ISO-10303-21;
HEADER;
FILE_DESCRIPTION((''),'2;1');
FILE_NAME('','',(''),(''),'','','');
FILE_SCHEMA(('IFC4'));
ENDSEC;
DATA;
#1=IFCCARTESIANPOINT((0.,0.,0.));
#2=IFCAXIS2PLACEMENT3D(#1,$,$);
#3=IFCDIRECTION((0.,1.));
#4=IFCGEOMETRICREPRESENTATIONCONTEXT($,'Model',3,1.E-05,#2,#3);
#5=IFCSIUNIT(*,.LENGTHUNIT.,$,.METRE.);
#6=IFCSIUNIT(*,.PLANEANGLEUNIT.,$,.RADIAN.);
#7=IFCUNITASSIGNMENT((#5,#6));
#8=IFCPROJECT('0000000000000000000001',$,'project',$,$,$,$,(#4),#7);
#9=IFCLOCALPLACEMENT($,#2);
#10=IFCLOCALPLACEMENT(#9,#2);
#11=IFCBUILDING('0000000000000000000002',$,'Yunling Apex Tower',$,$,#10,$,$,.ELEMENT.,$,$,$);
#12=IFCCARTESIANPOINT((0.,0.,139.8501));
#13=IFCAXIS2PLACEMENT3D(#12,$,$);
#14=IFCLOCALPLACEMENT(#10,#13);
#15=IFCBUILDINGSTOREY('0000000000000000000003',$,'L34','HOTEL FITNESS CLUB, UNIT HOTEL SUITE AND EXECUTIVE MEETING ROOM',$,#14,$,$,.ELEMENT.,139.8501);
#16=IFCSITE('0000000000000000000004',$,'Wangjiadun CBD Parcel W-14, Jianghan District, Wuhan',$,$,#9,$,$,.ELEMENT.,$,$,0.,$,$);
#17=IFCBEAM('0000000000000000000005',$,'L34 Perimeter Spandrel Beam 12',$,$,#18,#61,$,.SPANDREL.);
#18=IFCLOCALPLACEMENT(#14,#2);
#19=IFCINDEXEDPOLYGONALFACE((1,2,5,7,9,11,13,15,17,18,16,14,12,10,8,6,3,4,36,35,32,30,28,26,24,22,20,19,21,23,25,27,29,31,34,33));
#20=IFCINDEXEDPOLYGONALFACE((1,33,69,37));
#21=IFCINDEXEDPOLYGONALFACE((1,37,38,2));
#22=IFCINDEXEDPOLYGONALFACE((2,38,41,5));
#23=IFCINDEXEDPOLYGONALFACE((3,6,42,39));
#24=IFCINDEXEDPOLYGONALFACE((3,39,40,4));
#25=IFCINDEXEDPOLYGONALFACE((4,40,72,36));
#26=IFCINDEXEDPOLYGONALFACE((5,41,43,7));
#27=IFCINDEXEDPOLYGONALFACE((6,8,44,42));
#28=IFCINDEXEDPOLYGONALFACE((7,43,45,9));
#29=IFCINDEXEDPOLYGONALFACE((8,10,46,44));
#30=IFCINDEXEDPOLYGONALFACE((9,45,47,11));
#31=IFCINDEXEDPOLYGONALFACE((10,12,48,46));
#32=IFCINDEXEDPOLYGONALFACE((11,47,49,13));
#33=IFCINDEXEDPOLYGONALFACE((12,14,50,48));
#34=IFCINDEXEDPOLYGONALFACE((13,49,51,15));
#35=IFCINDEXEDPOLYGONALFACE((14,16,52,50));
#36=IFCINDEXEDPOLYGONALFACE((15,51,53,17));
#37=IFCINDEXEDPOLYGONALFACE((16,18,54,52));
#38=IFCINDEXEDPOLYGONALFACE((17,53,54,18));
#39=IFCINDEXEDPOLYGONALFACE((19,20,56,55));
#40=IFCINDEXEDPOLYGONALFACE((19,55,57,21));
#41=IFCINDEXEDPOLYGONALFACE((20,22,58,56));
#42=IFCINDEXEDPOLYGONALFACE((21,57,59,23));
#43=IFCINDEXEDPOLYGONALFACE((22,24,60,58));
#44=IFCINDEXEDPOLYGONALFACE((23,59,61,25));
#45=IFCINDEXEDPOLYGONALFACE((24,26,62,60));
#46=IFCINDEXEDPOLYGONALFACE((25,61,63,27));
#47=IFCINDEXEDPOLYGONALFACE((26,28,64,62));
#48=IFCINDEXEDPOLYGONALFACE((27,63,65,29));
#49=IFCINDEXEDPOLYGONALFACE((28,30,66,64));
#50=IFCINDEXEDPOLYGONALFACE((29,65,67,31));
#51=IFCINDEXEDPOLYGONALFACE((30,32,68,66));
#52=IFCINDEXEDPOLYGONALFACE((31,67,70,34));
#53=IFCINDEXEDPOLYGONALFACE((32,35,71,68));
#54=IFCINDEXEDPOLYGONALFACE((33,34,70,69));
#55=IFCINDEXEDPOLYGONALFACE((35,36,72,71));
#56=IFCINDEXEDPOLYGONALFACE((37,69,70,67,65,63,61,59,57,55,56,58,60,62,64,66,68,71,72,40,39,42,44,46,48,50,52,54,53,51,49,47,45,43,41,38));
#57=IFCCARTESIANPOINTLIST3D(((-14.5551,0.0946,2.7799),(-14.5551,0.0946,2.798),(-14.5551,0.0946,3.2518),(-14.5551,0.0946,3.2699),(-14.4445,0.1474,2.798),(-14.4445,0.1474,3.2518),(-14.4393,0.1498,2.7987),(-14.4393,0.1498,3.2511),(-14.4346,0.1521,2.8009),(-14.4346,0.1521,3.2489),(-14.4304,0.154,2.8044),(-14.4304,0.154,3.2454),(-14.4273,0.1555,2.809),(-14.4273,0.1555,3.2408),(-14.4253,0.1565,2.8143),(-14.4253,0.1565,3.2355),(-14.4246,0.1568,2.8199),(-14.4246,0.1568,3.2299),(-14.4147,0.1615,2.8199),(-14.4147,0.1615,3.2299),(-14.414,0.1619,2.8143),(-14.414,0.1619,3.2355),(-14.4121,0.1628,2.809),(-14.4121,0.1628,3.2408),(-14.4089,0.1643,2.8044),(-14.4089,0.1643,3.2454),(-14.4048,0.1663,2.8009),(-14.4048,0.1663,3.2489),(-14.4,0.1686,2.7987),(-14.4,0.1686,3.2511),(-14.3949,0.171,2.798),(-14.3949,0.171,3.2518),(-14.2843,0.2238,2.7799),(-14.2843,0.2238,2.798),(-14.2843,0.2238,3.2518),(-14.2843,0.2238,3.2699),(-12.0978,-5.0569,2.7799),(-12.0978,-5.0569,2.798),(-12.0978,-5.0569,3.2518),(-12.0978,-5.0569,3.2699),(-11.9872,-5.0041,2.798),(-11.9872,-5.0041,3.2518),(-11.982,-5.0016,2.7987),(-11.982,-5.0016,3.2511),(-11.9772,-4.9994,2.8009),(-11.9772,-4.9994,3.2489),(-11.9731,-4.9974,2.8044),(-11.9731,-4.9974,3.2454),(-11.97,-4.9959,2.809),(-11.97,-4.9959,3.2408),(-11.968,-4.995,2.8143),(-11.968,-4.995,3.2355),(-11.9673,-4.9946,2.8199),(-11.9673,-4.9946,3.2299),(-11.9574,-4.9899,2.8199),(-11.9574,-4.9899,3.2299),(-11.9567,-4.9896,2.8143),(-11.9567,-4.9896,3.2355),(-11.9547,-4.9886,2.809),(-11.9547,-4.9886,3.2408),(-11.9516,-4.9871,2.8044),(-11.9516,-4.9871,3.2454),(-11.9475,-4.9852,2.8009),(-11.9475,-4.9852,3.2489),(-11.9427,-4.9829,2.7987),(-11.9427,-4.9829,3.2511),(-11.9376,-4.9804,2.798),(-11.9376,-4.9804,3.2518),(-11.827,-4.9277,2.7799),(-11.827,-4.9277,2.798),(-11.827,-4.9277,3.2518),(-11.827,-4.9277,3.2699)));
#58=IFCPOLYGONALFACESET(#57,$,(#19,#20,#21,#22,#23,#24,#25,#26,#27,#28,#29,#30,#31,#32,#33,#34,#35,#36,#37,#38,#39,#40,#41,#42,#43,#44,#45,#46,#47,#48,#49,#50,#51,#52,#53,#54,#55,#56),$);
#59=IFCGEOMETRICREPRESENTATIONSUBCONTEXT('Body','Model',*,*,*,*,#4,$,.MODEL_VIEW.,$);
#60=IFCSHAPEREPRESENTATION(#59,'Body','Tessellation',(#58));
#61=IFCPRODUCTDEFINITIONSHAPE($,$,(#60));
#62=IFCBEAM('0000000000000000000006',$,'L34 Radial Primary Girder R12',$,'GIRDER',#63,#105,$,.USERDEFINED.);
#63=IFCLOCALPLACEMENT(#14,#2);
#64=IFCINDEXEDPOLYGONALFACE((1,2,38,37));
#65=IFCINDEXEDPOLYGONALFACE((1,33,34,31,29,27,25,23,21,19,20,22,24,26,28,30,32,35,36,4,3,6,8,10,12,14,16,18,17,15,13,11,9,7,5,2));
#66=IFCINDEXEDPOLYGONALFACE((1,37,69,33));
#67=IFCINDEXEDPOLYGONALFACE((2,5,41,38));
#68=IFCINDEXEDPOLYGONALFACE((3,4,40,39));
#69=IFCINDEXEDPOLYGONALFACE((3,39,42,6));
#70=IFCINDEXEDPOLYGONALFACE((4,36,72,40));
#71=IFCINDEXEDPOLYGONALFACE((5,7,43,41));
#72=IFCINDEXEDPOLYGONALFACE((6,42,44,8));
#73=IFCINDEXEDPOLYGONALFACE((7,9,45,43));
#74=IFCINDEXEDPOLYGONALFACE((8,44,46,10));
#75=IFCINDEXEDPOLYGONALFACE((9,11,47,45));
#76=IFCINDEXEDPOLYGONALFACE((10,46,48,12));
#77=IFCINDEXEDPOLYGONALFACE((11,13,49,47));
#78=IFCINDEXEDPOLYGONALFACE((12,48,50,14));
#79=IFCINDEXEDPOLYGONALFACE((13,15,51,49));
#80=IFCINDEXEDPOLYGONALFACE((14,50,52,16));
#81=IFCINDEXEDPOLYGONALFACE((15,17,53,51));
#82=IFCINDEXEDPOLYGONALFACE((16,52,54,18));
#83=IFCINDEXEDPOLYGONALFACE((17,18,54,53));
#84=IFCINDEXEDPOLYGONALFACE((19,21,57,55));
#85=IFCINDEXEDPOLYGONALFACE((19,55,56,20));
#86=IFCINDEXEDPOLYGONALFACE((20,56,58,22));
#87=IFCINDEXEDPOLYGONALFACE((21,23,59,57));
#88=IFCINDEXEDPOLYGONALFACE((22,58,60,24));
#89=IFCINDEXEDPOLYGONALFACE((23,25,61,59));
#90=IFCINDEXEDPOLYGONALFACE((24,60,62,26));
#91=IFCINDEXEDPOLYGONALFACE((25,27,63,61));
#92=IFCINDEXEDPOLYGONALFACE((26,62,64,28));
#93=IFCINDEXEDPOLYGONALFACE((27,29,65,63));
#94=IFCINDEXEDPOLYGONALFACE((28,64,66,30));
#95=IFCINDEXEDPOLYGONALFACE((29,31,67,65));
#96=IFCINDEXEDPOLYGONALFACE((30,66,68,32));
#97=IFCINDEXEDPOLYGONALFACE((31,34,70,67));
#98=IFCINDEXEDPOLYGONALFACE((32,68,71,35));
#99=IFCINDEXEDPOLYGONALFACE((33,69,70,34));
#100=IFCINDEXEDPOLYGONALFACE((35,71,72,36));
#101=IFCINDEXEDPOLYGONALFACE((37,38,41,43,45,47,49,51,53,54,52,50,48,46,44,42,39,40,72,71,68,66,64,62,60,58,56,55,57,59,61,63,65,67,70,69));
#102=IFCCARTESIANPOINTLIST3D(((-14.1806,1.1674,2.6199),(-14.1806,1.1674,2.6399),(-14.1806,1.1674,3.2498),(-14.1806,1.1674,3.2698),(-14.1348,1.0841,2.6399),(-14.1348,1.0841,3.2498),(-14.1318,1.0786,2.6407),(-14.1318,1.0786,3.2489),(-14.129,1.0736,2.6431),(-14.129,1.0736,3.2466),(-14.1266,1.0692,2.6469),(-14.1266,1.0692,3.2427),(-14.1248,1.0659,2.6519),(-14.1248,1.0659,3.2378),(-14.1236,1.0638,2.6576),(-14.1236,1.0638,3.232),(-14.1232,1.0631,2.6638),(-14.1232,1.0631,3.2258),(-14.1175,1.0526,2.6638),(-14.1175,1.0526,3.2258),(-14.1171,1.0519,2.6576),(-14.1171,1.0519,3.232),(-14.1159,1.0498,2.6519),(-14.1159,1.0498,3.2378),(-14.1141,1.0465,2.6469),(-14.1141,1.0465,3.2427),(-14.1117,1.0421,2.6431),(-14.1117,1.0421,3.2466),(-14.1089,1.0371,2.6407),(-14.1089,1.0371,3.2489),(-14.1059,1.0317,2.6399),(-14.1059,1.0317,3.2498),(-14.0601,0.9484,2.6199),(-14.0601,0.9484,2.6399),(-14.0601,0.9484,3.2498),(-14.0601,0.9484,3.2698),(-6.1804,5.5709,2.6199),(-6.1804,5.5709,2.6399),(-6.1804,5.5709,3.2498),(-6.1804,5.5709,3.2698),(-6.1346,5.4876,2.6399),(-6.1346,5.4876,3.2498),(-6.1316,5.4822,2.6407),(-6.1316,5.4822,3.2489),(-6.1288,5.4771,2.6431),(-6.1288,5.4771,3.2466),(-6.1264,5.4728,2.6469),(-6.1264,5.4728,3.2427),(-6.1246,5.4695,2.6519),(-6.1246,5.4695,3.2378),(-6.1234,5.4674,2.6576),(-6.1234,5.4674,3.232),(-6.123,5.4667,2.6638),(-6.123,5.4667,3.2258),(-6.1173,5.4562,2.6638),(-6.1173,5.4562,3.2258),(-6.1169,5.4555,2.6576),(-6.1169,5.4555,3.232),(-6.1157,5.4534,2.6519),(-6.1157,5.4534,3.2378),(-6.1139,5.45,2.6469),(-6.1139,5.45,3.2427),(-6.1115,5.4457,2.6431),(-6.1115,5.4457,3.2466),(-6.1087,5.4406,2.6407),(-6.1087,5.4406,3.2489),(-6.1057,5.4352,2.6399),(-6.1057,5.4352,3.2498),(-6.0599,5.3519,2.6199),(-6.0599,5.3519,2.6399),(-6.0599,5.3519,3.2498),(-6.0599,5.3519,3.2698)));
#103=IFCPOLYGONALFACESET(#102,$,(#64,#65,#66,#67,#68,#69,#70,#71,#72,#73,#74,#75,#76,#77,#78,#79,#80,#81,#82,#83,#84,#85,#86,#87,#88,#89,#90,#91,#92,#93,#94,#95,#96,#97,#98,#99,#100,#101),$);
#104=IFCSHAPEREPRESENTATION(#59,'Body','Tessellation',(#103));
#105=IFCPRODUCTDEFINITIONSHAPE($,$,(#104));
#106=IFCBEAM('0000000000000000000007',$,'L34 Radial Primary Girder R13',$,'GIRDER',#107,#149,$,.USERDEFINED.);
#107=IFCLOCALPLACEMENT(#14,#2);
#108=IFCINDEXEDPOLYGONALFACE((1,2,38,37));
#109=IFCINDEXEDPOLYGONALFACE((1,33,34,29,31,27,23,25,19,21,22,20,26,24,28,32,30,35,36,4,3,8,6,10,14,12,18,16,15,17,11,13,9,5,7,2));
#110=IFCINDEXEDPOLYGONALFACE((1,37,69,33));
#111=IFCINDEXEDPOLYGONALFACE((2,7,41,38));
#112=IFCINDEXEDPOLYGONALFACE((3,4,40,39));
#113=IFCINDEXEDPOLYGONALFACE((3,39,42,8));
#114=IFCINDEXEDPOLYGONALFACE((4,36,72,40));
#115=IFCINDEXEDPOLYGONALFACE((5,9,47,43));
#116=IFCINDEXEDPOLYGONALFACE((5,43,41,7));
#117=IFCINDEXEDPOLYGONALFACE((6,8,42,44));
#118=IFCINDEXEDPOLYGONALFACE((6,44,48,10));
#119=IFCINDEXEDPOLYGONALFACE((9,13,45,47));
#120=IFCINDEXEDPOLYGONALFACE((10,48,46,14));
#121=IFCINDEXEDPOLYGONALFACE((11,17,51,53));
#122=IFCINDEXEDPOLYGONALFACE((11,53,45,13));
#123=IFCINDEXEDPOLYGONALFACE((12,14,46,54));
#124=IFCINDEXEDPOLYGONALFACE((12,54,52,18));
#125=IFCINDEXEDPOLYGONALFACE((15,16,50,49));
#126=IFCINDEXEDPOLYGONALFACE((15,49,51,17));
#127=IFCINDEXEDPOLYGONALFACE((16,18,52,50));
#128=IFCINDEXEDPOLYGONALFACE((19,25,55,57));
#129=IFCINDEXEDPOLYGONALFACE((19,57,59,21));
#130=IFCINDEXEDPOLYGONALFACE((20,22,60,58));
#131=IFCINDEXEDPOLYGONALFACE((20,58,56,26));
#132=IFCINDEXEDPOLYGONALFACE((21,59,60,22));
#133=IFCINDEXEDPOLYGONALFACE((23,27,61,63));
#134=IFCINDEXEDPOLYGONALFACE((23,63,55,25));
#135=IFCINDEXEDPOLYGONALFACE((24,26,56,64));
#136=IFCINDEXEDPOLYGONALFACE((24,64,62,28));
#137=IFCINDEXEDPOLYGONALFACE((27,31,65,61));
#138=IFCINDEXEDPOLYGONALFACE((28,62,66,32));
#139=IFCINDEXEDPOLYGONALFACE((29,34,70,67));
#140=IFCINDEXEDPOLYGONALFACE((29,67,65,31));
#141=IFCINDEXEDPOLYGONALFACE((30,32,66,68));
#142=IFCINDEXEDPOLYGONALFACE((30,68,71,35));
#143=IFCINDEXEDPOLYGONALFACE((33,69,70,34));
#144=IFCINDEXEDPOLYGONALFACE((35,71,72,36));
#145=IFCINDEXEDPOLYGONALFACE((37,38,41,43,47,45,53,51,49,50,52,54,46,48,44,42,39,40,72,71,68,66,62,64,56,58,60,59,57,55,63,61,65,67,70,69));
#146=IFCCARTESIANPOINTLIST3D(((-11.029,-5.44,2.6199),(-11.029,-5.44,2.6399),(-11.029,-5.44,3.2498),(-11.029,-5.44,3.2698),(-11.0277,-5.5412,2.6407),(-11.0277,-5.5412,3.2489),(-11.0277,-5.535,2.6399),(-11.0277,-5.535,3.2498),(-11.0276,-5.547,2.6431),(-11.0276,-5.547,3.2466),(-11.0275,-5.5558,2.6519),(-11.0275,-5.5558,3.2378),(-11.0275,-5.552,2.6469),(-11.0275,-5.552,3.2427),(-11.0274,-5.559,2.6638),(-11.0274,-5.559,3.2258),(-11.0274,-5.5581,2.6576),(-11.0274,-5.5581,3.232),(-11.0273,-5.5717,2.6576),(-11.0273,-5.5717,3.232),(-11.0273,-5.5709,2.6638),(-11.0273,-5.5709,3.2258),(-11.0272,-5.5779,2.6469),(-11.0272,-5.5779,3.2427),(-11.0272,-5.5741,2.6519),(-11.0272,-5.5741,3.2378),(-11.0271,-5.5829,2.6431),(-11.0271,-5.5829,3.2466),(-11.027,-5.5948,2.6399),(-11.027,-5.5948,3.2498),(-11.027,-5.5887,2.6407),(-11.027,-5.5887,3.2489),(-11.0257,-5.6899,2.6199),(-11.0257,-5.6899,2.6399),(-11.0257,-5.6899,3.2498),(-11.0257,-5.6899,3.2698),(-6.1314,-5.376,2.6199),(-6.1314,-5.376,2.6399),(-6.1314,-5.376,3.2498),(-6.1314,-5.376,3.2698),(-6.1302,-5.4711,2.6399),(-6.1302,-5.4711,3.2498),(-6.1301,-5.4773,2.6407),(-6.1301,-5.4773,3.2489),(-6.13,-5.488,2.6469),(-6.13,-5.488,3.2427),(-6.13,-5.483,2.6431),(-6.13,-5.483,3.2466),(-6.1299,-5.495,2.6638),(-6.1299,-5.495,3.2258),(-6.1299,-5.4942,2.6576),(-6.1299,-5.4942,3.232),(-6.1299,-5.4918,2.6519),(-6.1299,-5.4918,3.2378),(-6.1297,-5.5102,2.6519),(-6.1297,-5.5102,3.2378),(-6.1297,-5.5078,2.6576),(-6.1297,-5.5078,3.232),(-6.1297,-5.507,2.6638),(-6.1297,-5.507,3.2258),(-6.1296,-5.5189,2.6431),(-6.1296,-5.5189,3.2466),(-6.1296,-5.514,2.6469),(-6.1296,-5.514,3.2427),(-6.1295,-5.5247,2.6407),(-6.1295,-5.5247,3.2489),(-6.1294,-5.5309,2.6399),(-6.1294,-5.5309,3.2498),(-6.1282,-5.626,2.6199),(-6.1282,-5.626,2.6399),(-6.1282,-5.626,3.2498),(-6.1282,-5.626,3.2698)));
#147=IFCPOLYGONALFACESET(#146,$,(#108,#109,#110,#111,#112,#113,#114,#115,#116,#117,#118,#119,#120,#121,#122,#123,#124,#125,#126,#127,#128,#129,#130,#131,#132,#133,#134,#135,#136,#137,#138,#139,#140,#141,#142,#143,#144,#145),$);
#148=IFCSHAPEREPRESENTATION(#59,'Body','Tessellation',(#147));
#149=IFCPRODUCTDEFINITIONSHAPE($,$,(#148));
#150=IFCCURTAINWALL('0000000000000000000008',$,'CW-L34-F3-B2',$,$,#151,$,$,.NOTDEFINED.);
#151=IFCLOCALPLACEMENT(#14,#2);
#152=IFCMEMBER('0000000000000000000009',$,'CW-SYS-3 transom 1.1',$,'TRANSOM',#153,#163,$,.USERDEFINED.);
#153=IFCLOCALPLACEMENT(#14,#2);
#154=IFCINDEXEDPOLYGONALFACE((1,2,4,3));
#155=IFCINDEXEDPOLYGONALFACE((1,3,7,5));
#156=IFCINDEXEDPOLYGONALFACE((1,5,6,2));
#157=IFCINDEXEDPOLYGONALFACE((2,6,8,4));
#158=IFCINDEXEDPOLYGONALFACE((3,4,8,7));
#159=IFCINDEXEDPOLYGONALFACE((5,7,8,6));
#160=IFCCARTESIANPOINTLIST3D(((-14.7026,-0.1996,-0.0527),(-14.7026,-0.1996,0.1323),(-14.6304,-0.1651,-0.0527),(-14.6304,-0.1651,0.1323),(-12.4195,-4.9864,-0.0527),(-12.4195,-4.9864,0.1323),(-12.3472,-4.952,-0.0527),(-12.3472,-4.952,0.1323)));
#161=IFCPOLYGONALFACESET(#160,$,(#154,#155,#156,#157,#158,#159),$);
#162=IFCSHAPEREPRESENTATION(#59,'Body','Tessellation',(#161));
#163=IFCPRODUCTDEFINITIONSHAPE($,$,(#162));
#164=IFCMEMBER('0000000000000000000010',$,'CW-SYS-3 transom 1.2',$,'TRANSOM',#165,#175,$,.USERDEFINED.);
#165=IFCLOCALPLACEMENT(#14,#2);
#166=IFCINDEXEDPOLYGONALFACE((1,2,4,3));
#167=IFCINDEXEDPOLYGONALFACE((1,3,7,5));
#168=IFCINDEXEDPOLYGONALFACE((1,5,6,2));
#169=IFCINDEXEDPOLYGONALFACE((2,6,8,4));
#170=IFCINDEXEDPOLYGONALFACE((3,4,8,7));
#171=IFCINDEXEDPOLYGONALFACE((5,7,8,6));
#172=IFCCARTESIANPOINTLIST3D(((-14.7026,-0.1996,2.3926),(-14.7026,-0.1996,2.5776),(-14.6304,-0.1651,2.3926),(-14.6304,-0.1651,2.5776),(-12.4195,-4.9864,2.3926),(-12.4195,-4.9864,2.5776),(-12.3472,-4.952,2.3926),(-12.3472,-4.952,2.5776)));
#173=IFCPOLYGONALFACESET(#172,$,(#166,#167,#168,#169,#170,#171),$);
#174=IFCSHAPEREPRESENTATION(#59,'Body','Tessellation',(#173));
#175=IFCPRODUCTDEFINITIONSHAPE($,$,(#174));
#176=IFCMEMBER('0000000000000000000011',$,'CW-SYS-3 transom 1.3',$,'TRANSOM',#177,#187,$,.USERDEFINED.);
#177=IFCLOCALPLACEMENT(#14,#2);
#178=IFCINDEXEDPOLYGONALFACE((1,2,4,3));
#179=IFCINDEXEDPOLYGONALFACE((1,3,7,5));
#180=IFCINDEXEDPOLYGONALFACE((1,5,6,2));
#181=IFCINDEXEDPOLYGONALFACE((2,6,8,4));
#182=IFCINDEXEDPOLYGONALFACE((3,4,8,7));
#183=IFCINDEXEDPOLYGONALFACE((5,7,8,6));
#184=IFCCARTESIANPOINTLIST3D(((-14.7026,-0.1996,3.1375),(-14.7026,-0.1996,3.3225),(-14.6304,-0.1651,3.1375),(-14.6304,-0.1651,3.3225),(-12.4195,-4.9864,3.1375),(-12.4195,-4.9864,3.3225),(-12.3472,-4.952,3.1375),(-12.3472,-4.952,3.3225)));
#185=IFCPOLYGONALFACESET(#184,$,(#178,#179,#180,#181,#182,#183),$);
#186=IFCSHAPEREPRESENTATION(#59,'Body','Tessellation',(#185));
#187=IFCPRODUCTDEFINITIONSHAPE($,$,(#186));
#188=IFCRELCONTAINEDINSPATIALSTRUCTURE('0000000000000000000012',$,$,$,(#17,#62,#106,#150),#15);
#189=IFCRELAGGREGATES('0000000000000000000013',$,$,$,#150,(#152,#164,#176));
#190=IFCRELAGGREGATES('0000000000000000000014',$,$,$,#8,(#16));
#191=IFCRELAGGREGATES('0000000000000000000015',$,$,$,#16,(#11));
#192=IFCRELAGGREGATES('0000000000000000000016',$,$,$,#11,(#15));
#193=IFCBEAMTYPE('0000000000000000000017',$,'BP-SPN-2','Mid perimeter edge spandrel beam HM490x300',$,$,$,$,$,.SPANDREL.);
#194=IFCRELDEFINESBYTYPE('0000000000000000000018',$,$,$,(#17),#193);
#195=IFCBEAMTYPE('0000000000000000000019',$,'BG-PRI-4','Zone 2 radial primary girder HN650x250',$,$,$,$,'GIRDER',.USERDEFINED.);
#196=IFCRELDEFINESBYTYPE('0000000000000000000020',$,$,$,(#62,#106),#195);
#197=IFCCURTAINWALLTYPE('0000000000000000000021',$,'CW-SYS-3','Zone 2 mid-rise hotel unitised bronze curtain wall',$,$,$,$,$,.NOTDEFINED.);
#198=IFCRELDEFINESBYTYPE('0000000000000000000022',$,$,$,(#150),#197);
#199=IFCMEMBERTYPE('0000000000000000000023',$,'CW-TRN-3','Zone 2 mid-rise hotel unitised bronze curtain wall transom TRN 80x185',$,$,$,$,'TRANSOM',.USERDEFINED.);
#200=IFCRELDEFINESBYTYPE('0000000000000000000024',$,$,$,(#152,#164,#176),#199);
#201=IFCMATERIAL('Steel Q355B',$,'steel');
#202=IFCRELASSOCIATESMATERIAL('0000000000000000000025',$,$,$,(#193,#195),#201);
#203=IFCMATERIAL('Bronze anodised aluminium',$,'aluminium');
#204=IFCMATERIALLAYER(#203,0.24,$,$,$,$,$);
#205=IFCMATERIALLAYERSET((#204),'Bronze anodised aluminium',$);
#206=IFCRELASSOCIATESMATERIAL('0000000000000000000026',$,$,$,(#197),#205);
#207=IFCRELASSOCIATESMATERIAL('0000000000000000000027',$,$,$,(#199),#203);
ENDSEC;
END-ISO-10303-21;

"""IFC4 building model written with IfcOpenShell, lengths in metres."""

from ifc_helpers import new_model, si_unit, direction, frame, origin, origin_2d, place, context, subcontext, project, spatial, rectangle, i_section, extrude, source, transform, mapped, material, layer, layer_set, material_profile, profile_set, type_object, element, aggregate, save


model = new_model("IFC4")

# Units and contexts
model_context = context("Model", 3, precision=1e-05, world=origin(), true_north=direction((0.0, 1.0)))
body_context = subcontext(model_context, "Body", "Model", "MODEL_VIEW")
ifc_project = project(units=[si_unit("LENGTHUNIT", "METRE"), si_unit("PLANEANGLEUNIT", "RADIAN")], contexts=[model_context])

# Site, building, storey
site_placement = place(None, origin())
site = spatial("IfcSite", under=ifc_project, at=site_placement, Name="Wangjiadun CBD Parcel W-14, Jianghan District, Wuhan", CompositionType="ELEMENT", RefElevation=0.0)
building_placement = place(site_placement, origin())
building = spatial("IfcBuilding", under=site, at=building_placement, Name="Yunling Apex Tower", CompositionType="ELEMENT")
storey_placement = place(building_placement, frame((0.0, 0.0, 139.8501)))
storey = spatial("IfcBuildingStorey", under=building, at=storey_placement, Name="L34", Description="HOTEL FITNESS CLUB, UNIT HOTEL SUITE AND EXECUTIVE MEETING ROOM", CompositionType="ELEMENT", Elevation=139.8501)

# Beams
ifc_material_1 = material(Name="Steel Q355B", Category="steel")
ifc_material_profile_1 = material_profile(ifc_material_1, i_section(OverallWidth=0.3, OverallDepth=0.49, WebThickness=0.011, FlangeThickness=0.0181, FilletRadius=0.022, at=origin_2d()))
ifc_profile_set_1 = profile_set([ifc_material_profile_1], Name="Steel Q355B")
beam_type_1 = type_object("IfcBeamType", Name="BP-SPN-2", Description="Mid perimeter edge spandrel beam HM490x300", PredefinedType="SPANDREL", material=ifc_profile_set_1)
shared_shape_1 = source(origin(), body_context, "Body", "SweptSolid", [
    extrude(i_section(OverallWidth=0.3, OverallDepth=0.49, WebThickness=0.011, FlangeThickness=0.0181, FilletRadius=0.022, at=origin_2d()), origin(), (0.0, 0.0, 1.0), 5.7075),
])
beam_1_placement = place(storey_placement, frame((-14.4197, 0.1592, 3.0249), z_axis=(0.43054, -0.902572, 0.0), x_axis=(0.902572, 0.43054, 0.0)))
element("IfcBeam", 1, at=beam_1_placement, inside=storey, type_object=beam_type_1, Name="L34 Perimeter Spandrel Beam 12", PredefinedType="SPANDREL", context=body_context, shape_type="MappedRepresentation", body=[
    mapped(shared_shape_1, transform((0.0, 0.0, 0.0), scale=1.0)),
])
ifc_material_profile_2 = material_profile(ifc_material_1, i_section(OverallWidth=0.25, OverallDepth=0.6499, WebThickness=0.012, FlangeThickness=0.02, FilletRadius=0.0239, at=origin_2d()))
ifc_profile_set_2 = profile_set([ifc_material_profile_2], Name="Steel Q355B")
beam_type_2 = type_object("IfcBeamType", Name="BG-PRI-4", Description="Zone 2 radial primary girder HN650x250", ElementType="GIRDER", PredefinedType="USERDEFINED", material=ifc_profile_set_2)
shared_shape_2 = source(origin(), body_context, "Body", "SweptSolid", [
    extrude(i_section(OverallWidth=0.25, OverallDepth=0.6499, WebThickness=0.012, FlangeThickness=0.02, FilletRadius=0.0239, at=origin_2d()), origin(), (0.0, 0.0, 1.0), 9.1321),
])
beam_2_placement = place(storey_placement, frame((-14.1204, 1.0579, 2.9448), z_axis=(0.876057, 0.482207, 0.0), x_axis=(-0.482207, 0.876057, 0.0)))
element("IfcBeam", 2, at=beam_2_placement, inside=storey, type_object=beam_type_2, Name="L34 Radial Primary Girder R12", ObjectType="GIRDER", PredefinedType="USERDEFINED", context=body_context, shape_type="MappedRepresentation", body=[
    mapped(shared_shape_2, transform((0.0, 0.0, 0.0), scale=1.0)),
])
shared_shape_3 = source(origin(), body_context, "Body", "SweptSolid", [
    extrude(i_section(OverallWidth=0.25, OverallDepth=0.6499, WebThickness=0.012, FlangeThickness=0.02, FilletRadius=0.0239, at=origin_2d()), origin(), (0.0, 0.0, 1.0), 4.8979),
])
beam_3_placement = place(storey_placement, frame((-11.0273, -5.5649, 2.9448), z_axis=(0.999915, 0.01306, 0.0), x_axis=(-0.01306, 0.999915, 0.0)))
element("IfcBeam", 3, at=beam_3_placement, inside=storey, type_object=beam_type_2, Name="L34 Radial Primary Girder R13", ObjectType="GIRDER", PredefinedType="USERDEFINED", context=body_context, shape_type="MappedRepresentation", body=[
    mapped(shared_shape_3, transform((0.0, 0.0, 0.0), scale=1.0)),
])

# Curtain wall, members
ifc_material_2 = material(Name="Bronze anodised aluminium", Category="aluminium")
ifc_layer_1 = layer(ifc_material_2, 0.24)
ifc_layer_set_1 = layer_set([ifc_layer_1], Name="Bronze anodised aluminium")
curtain_wall_type = type_object("IfcCurtainWallType", Name="CW-SYS-3", Description="Zone 2 mid-rise hotel unitised bronze curtain wall", PredefinedType="NOTDEFINED", material=ifc_layer_set_1)
curtain_wall_1_placement = place(storey_placement, origin())
curtain_wall_1 = element("IfcCurtainWall", 4, at=curtain_wall_1_placement, inside=storey, type_object=curtain_wall_type, Name="CW-L34-F3-B2", PredefinedType="NOTDEFINED")
ifc_material_profile_3 = material_profile(ifc_material_2, rectangle(XDim=0.0801, YDim=0.1851, at=origin_2d()))
ifc_profile_set_3 = profile_set([ifc_material_profile_3], Name="Bronze anodised aluminium")
member_type_1 = type_object("IfcMemberType", Name="CW-TRN-3", Description="Zone 2 mid-rise hotel unitised bronze curtain wall transom TRN 80x185", ElementType="TRANSOM", PredefinedType="USERDEFINED", material=ifc_profile_set_3)
shared_shape_4 = source(origin(), body_context, "Body", "SweptSolid", [
    extrude(rectangle(XDim=0.0801, YDim=0.1851, at=origin_2d()), origin(), (0.0, 0.0, 1.0), 5.3035),
])
member_1_placement = place(storey_placement, frame((-14.6665, -0.1824, 0.0398), z_axis=(0.430509, -0.902586, 0.0), x_axis=(0.902586, 0.430509, 0.0)))
member_1 = element("IfcMember", 5, at=member_1_placement, type_object=member_type_1, Name="CW-SYS-3 transom 1.1", ObjectType="TRANSOM", PredefinedType="USERDEFINED", context=body_context, shape_type="MappedRepresentation", body=[
    mapped(shared_shape_4, transform((0.0, 0.0, 0.0), scale=1.0)),
])
member_2_placement = place(storey_placement, frame((-14.6665, -0.1824, 2.4851), z_axis=(0.430509, -0.902586, 0.0), x_axis=(0.902586, 0.430509, 0.0)))
member_2 = element("IfcMember", 6, at=member_2_placement, type_object=member_type_1, Name="CW-SYS-3 transom 1.2", ObjectType="TRANSOM", PredefinedType="USERDEFINED", context=body_context, shape_type="MappedRepresentation", body=[
    mapped(shared_shape_4, transform((0.0, 0.0, 0.0), scale=1.0)),
])
member_3_placement = place(storey_placement, frame((-14.6665, -0.1824, 3.23), z_axis=(0.430509, -0.902586, 0.0), x_axis=(0.902586, 0.430509, 0.0)))
member_3 = element("IfcMember", 7, at=member_3_placement, type_object=member_type_1, Name="CW-SYS-3 transom 1.3", ObjectType="TRANSOM", PredefinedType="USERDEFINED", context=body_context, shape_type="MappedRepresentation", body=[
    mapped(shared_shape_4, transform((0.0, 0.0, 0.0), scale=1.0)),
])

aggregate(curtain_wall_1, [member_1, member_2, member_3])

save(model, "model.ifc")
